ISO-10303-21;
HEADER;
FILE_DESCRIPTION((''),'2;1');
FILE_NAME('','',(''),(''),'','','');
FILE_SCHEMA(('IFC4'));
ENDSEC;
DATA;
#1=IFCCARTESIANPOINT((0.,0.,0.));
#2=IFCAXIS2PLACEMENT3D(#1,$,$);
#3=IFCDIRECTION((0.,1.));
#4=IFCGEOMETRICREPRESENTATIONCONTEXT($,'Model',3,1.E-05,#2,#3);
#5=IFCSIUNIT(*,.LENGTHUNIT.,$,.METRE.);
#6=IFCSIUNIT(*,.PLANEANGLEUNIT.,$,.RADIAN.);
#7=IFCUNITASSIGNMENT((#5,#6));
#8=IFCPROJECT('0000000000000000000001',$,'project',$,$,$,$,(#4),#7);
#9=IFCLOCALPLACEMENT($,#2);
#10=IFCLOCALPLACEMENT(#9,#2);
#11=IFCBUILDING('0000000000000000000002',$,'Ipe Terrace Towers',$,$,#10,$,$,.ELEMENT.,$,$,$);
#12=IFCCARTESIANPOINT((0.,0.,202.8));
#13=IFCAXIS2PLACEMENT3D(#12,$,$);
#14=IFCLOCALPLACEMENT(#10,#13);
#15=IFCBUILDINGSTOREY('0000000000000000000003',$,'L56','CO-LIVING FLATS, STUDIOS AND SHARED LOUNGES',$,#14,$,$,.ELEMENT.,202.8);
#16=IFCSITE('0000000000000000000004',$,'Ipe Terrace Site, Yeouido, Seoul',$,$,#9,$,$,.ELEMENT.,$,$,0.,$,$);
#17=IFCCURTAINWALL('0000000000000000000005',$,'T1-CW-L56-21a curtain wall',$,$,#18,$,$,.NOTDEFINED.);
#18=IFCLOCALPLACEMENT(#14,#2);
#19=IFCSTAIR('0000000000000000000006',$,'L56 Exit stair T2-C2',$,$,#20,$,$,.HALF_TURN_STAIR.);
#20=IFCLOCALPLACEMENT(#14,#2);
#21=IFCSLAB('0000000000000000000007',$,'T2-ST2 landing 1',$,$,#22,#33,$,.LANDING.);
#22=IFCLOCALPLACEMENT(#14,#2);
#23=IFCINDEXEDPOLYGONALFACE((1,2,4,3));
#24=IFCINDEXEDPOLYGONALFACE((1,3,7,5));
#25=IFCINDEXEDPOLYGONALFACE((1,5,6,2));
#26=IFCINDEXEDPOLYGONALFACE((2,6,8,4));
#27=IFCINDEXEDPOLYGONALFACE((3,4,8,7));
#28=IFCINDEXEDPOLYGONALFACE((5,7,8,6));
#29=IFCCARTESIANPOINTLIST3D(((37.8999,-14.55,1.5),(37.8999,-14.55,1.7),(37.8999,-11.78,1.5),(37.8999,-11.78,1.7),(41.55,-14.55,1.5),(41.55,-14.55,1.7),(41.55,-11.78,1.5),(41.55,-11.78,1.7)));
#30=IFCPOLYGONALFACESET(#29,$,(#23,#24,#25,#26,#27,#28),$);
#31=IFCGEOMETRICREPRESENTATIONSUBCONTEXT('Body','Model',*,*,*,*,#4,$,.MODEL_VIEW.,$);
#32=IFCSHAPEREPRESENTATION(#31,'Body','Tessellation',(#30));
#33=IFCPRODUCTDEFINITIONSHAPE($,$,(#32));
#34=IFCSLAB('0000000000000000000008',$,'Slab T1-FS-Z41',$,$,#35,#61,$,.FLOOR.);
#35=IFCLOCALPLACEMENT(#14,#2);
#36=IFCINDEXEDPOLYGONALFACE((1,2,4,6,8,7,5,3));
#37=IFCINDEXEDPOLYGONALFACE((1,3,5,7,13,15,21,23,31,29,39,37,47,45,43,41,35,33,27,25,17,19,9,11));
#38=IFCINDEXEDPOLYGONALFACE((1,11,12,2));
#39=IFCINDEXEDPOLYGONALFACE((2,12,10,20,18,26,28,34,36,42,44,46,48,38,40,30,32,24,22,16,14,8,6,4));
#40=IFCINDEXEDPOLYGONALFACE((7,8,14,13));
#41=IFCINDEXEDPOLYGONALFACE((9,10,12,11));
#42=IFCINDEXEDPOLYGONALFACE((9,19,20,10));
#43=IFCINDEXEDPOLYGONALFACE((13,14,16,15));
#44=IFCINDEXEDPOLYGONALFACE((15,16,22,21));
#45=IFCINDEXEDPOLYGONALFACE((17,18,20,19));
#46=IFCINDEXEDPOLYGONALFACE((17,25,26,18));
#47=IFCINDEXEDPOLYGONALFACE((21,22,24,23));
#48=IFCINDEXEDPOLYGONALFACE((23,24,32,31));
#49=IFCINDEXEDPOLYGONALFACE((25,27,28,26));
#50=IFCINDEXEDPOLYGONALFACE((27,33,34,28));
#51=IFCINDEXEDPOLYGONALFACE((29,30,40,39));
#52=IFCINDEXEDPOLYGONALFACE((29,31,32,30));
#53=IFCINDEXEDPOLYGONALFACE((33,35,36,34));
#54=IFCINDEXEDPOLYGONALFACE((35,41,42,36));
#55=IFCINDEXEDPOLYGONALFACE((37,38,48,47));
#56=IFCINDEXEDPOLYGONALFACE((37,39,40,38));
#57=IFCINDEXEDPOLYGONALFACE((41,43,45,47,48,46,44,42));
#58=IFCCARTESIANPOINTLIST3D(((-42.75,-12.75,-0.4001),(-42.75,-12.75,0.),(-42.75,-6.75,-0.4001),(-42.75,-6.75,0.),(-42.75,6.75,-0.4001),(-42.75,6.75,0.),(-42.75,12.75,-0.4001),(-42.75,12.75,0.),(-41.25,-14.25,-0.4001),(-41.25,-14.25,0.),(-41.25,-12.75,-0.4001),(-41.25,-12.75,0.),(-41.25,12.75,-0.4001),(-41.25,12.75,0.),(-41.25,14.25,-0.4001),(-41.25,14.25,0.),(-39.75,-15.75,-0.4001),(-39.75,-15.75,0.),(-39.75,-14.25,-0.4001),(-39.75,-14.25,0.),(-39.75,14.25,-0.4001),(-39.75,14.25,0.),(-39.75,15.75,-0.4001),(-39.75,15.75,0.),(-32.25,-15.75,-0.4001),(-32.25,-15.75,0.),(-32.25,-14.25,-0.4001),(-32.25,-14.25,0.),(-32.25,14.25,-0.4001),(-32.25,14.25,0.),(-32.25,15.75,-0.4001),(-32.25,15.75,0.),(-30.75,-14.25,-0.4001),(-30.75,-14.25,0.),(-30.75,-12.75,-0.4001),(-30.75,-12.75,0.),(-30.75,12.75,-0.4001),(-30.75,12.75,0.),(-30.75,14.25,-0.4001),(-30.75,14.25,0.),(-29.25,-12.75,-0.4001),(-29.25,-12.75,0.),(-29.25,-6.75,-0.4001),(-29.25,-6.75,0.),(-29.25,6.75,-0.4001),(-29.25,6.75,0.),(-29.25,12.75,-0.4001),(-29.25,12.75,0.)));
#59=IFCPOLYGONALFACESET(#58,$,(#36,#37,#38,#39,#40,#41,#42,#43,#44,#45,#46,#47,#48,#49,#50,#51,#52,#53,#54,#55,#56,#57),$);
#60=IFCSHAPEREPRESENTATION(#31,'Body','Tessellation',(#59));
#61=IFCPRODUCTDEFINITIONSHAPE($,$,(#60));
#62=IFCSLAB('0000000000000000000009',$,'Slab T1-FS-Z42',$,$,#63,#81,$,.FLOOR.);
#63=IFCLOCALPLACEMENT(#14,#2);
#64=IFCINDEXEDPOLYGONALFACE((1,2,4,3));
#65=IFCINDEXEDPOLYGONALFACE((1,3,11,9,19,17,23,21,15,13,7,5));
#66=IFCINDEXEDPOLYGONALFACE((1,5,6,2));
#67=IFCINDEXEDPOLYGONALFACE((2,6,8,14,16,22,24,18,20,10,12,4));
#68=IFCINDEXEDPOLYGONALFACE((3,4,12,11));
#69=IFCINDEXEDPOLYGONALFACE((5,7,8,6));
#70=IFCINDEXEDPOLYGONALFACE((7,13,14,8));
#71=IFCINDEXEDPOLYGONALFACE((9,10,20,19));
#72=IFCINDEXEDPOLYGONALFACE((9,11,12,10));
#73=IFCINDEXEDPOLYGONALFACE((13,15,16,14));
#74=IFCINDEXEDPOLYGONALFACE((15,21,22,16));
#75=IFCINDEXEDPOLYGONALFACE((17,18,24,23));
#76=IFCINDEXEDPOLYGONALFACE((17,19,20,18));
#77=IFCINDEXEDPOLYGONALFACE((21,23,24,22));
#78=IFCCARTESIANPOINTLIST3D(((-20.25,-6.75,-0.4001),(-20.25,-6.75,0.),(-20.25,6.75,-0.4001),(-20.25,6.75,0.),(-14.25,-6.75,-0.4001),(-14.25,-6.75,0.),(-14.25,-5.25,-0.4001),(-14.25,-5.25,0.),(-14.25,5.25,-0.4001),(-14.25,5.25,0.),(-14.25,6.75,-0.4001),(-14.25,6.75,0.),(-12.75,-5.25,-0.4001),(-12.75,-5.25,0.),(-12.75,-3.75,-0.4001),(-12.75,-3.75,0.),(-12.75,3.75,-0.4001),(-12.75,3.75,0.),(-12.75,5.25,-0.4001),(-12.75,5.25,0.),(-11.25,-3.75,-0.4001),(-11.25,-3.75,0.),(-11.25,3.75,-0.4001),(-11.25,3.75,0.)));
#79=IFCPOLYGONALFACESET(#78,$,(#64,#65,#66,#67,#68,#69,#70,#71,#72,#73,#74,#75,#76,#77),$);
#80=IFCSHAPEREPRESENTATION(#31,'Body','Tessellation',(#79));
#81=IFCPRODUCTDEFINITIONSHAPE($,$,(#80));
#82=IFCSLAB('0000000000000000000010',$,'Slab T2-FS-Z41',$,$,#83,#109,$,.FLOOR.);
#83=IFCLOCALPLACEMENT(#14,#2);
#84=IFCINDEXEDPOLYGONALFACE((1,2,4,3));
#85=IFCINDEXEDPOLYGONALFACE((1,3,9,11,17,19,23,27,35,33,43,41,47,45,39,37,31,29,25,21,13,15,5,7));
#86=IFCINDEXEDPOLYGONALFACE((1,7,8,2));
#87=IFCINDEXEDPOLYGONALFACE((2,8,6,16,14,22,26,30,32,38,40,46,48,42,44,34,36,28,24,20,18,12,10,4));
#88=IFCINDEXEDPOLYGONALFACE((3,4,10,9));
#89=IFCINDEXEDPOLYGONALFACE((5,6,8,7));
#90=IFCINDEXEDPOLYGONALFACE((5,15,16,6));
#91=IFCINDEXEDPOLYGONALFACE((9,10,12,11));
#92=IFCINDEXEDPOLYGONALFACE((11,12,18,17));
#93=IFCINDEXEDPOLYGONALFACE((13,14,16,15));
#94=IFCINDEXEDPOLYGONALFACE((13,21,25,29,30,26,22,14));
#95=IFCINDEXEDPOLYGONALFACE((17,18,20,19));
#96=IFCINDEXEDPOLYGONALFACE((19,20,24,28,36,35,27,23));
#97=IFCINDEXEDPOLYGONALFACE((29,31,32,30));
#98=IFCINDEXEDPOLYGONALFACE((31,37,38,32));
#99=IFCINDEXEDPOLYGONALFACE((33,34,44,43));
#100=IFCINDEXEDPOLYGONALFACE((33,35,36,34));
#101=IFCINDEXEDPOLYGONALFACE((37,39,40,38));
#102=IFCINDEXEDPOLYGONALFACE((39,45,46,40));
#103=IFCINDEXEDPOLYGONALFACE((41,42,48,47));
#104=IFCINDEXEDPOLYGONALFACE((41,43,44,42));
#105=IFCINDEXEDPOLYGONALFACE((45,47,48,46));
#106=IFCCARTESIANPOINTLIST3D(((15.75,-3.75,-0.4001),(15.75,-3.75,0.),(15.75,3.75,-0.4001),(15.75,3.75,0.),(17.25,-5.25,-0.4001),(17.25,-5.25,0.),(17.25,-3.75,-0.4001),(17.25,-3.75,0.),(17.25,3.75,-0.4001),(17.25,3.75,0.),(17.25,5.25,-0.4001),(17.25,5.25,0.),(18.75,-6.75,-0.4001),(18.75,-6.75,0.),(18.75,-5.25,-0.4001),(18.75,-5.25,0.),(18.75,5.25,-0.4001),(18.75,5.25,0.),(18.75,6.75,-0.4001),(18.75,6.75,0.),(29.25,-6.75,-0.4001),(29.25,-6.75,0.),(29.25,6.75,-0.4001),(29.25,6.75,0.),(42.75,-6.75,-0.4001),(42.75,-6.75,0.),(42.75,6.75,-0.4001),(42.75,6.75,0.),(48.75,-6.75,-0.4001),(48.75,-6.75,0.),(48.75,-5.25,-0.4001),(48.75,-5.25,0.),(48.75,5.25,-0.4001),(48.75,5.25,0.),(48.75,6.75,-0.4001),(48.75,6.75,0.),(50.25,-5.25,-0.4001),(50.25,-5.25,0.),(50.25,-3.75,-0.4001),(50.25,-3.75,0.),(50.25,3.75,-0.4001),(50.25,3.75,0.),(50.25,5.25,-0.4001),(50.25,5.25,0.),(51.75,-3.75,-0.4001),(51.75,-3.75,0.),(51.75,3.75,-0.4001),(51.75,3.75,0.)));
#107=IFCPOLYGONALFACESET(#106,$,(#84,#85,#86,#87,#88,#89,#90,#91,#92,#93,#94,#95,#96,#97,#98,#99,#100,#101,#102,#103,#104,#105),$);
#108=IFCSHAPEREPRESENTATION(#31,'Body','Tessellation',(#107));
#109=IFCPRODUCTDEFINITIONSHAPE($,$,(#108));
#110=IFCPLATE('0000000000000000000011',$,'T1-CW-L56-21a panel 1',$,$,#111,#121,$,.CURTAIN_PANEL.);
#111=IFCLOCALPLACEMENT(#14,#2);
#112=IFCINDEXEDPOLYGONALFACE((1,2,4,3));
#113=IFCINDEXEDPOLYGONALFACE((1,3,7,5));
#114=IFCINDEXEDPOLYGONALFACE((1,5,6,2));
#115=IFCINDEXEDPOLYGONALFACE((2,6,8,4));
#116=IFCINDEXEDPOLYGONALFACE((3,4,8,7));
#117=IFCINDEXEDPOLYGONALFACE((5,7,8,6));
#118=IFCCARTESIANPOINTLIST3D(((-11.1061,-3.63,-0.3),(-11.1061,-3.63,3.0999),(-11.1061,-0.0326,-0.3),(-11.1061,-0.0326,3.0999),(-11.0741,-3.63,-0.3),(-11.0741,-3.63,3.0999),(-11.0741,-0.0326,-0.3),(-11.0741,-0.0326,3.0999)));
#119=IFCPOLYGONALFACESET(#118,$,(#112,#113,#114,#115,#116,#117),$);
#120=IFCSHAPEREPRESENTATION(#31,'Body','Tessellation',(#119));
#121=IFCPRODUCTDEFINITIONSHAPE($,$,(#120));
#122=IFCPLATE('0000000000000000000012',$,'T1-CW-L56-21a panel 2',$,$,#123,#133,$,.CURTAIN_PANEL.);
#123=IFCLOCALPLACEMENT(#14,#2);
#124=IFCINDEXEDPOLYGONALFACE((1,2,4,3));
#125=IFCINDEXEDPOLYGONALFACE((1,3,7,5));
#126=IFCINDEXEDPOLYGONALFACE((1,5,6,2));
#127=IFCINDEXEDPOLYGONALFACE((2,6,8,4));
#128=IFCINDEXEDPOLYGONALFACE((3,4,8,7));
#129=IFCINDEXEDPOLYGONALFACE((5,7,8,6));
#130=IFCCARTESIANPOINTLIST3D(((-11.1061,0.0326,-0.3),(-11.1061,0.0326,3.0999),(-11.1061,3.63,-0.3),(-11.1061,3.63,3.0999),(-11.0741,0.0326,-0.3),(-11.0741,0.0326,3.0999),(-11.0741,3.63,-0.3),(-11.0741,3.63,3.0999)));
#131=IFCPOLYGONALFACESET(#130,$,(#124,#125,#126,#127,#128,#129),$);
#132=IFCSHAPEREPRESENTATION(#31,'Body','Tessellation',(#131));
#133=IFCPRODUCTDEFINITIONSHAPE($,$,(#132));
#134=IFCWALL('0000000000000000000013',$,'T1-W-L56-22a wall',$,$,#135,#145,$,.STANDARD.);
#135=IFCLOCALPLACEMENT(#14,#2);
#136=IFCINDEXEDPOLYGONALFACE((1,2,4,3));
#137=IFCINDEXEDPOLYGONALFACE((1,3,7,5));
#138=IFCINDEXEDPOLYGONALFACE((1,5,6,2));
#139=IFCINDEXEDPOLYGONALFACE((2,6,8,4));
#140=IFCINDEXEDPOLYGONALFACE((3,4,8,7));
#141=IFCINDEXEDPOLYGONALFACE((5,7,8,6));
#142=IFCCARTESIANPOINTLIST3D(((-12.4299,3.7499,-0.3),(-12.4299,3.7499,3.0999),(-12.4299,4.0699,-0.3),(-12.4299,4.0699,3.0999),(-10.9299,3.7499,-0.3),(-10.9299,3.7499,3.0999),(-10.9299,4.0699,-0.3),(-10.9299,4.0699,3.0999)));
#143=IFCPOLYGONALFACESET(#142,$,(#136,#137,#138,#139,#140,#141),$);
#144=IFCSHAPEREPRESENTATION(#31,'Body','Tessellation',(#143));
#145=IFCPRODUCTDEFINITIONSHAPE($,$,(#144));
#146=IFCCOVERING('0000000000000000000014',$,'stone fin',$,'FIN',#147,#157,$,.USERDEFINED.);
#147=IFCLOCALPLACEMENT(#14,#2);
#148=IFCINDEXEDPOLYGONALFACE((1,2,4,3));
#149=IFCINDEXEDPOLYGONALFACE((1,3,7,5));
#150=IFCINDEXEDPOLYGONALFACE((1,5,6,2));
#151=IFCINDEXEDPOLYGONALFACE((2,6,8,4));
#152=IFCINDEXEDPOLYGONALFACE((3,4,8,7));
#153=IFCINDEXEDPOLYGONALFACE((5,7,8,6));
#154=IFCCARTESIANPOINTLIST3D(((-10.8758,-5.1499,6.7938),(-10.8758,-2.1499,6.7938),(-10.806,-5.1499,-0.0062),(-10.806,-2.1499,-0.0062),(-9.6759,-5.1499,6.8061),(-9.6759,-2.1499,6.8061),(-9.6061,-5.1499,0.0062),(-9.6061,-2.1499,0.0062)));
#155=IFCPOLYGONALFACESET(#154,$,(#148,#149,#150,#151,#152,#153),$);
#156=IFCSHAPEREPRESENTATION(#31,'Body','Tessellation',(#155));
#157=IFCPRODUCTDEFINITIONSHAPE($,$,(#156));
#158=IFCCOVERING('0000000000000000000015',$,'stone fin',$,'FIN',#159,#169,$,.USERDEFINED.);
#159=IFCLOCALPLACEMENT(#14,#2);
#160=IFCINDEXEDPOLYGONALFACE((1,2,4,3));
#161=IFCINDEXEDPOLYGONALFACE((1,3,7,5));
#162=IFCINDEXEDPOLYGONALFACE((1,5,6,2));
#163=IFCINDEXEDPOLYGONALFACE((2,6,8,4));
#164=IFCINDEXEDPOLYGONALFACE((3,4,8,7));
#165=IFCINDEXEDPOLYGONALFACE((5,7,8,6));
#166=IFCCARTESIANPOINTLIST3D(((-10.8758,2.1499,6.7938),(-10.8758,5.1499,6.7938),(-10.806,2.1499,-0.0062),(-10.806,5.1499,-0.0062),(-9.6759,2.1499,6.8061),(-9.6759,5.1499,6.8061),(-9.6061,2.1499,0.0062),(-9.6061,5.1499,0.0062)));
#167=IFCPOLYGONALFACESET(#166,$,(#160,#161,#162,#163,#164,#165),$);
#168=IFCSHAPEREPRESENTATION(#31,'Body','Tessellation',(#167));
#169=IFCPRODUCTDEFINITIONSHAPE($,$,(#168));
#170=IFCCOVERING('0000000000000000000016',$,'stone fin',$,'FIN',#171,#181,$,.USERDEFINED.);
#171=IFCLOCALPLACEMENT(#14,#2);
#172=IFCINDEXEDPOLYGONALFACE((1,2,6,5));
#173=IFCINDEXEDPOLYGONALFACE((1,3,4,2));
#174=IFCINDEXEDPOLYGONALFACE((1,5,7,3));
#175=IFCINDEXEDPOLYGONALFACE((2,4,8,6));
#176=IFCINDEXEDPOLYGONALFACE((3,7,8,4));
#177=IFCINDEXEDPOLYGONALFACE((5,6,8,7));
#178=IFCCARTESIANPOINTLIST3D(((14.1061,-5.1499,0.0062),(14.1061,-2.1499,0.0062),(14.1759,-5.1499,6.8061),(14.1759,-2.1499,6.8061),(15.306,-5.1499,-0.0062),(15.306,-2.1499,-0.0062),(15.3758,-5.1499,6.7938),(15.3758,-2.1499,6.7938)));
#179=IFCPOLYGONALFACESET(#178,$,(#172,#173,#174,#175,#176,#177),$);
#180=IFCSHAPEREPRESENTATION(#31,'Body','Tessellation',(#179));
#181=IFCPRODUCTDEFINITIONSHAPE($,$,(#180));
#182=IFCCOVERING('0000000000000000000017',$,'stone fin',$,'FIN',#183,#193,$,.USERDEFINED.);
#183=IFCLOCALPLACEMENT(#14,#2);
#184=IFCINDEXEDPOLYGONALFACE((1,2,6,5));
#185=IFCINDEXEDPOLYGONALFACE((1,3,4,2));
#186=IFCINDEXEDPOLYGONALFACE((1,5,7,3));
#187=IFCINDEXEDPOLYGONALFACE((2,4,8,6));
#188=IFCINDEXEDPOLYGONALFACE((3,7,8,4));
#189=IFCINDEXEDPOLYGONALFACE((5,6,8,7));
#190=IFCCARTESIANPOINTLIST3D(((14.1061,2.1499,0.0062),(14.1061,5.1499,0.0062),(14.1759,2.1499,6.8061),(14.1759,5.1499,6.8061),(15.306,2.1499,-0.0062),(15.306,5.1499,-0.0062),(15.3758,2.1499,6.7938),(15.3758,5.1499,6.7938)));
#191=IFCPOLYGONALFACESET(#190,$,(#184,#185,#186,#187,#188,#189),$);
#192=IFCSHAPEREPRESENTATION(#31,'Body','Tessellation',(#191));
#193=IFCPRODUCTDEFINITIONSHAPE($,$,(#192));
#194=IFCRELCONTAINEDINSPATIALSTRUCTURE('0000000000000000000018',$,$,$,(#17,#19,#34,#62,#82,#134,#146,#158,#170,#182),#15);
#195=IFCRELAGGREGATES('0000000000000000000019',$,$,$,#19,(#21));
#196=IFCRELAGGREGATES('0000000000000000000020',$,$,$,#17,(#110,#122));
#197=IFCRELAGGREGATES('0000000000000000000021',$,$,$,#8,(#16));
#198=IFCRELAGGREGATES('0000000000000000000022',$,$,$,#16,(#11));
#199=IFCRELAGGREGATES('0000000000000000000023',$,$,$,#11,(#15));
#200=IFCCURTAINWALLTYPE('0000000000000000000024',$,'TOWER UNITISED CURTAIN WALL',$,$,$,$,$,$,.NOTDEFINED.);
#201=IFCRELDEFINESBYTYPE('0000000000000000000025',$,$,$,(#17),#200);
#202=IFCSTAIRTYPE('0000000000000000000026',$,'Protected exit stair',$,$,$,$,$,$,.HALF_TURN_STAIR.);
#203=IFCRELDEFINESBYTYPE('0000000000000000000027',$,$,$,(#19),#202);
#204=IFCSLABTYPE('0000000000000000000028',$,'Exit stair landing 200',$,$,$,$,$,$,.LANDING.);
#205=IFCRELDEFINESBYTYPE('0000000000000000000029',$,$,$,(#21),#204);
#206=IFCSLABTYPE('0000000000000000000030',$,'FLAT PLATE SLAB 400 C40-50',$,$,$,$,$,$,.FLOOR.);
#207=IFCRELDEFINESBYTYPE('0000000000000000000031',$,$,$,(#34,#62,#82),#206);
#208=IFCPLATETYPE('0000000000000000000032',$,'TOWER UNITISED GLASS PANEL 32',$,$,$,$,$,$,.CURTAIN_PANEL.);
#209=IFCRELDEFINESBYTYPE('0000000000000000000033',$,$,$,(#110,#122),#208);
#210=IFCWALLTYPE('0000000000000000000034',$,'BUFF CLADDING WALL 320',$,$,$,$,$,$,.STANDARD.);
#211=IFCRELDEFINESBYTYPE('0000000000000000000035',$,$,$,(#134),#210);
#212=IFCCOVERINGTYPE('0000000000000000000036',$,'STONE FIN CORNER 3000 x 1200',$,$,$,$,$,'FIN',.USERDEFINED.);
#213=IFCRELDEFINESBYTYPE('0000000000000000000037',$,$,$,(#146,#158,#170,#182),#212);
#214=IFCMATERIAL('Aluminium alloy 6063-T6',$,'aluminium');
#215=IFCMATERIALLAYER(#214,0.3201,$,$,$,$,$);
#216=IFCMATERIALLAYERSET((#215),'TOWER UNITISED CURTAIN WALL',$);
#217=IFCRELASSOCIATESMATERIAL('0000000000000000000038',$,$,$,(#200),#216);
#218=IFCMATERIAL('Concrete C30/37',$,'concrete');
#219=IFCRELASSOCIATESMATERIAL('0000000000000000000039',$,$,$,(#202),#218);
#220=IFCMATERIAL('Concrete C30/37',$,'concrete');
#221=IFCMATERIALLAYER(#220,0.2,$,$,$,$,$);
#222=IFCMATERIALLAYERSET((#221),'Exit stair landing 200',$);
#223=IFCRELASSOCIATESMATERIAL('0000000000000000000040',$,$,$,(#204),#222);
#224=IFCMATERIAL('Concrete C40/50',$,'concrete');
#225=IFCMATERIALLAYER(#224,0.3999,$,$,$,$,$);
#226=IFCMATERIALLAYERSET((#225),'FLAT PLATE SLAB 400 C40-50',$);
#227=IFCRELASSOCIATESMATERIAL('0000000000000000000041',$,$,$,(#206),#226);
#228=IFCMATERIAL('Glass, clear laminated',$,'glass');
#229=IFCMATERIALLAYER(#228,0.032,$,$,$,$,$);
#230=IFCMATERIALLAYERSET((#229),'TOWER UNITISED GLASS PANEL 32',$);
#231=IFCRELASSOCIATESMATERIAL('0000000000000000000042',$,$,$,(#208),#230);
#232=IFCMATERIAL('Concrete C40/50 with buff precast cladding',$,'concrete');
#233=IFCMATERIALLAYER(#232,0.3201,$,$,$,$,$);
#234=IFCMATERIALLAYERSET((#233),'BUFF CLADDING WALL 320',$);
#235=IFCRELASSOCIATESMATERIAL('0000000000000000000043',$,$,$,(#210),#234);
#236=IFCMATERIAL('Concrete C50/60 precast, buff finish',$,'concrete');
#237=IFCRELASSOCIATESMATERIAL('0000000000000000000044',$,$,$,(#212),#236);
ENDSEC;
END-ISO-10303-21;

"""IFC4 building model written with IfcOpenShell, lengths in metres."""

from ifc_helpers import new_model, si_unit, direction, frame, frame_2d, origin, origin_2d, place, context, subcontext, project, spatial, polyline, rectangle, outline, extrude, material, layer, layer_set, material_profile, profile_set, type_object, element, aggregate, save


model = new_model("IFC4")

# Units and contexts
model_context = context("Model", 3, precision=1e-05, world=origin(), true_north=direction((0.0, 1.0)))
body_context = subcontext(model_context, "Body", "Model", "MODEL_VIEW")
ifc_project = project(units=[si_unit("LENGTHUNIT", "METRE"), si_unit("PLANEANGLEUNIT", "RADIAN")], contexts=[model_context])

# Site, building, storey
site_placement = place(None, origin())
site = spatial("IfcSite", under=ifc_project, at=site_placement, Name="Ipe Terrace Site, Yeouido, Seoul", CompositionType="ELEMENT", RefElevation=0.0)
building_placement = place(site_placement, origin())
building = spatial("IfcBuilding", under=site, at=building_placement, Name="Ipe Terrace Towers", CompositionType="ELEMENT")
storey_placement = place(building_placement, frame((0.0, 0.0, 202.8)))
storey = spatial("IfcBuildingStorey", under=building, at=storey_placement, Name="L56", Description="CO-LIVING FLATS, STUDIOS AND SHARED LOUNGES", CompositionType="ELEMENT", Elevation=202.8)

# Curtain wall
ifc_material_1 = material(Name="Aluminium alloy 6063-T6", Category="aluminium")
ifc_layer_1 = layer(ifc_material_1, 0.3201)
ifc_layer_set_1 = layer_set([ifc_layer_1], Name="TOWER UNITISED CURTAIN WALL")
curtain_wall_type = type_object("IfcCurtainWallType", Name="TOWER UNITISED CURTAIN WALL", PredefinedType="NOTDEFINED", material=ifc_layer_set_1)
curtain_wall_placement = place(storey_placement, origin())
curtain_wall = element("IfcCurtainWall", 1, at=curtain_wall_placement, inside=storey, type_object=curtain_wall_type, Name="T1-CW-L56-21a curtain wall", PredefinedType="NOTDEFINED")

# Stair, slab
ifc_material_2 = material(Name="Concrete C30/37", Category="concrete")
stair_type = type_object("IfcStairType", Name="Protected exit stair", PredefinedType="HALF_TURN_STAIR", material=ifc_material_2)
ifc_material_3 = material(Name="Concrete C30/37", Category="concrete")
ifc_layer_2 = layer(ifc_material_3, 0.2)
ifc_layer_set_2 = layer_set([ifc_layer_2], Name="Exit stair landing 200")
slab_type_1 = type_object("IfcSlabType", Name="Exit stair landing 200", PredefinedType="LANDING", material=ifc_layer_set_2)
stair_1_placement = place(storey_placement, origin())
stair_1 = element("IfcStair", 2, at=stair_1_placement, inside=storey, type_object=stair_type, Name="L56 Exit stair T2-C2", PredefinedType="HALF_TURN_STAIR")
slab_1_placement = place(storey_placement, frame((0.0, 0.0, 1.5)))
slab_1 = element("IfcSlab", 3, at=slab_1_placement, type_object=slab_type_1, Name="T2-ST2 landing 1", PredefinedType="LANDING", context=body_context, shape_type="SweptSolid", body=[
    extrude(outline(polyline([(37.8999, -11.78), (37.8999, -14.55), (41.55, -14.55), (41.55, -11.78), (37.8999, -11.78)])), origin(), (0.0, 0.0, 1.0), 0.2),
])
aggregate(stair_1, [slab_1])

# Slabs
ifc_material_4 = material(Name="Concrete C40/50", Category="concrete")
ifc_layer_3 = layer(ifc_material_4, 0.3999)
ifc_layer_set_3 = layer_set([ifc_layer_3], Name="FLAT PLATE SLAB 400 C40-50")
slab_type_2 = type_object("IfcSlabType", Name="FLAT PLATE SLAB 400 C40-50", PredefinedType="FLOOR", material=ifc_layer_set_3)
slab_2_placement = place(storey_placement, frame((0.0, 0.0, -0.4001)))
element("IfcSlab", 4, at=slab_2_placement, inside=storey, type_object=slab_type_2, Name="Slab T1-FS-Z41", PredefinedType="FLOOR", context=body_context, shape_type="SweptSolid", body=[
    extrude(outline(polyline([(-30.75, -12.75), (-30.75, -14.25), (-32.25, -14.25), (-32.25, -15.75), (-39.75, -15.75), (-39.75, -14.25), (-41.25, -14.25), (-41.25, -12.75), (-42.75, -12.75), (-42.75, -6.75), (-42.75, 6.75), (-42.75, 12.75), (-41.25, 12.75), (-41.25, 14.25), (-39.75, 14.25), (-39.75, 15.75), (-32.25, 15.75), (-32.25, 14.25), (-30.75, 14.25), (-30.75, 12.75), (-29.25, 12.75), (-29.25, 6.75), (-29.25, -6.75), (-29.25, -12.75), (-30.75, -12.75)])), origin(), (0.0, 0.0, 1.0), 0.4001),
])
slab_3_placement = place(storey_placement, frame((0.0, 0.0, -0.4001)))
element("IfcSlab", 5, at=slab_3_placement, inside=storey, type_object=slab_type_2, Name="Slab T1-FS-Z42", PredefinedType="FLOOR", context=body_context, shape_type="SweptSolid", body=[
    extrude(outline(polyline([(-14.25, 5.25), (-12.75, 5.25), (-12.75, 3.75), (-11.25, 3.75), (-11.25, -3.75), (-12.75, -3.75), (-12.75, -5.25), (-14.25, -5.25), (-14.25, -6.75), (-20.25, -6.75), (-20.25, 6.75), (-14.25, 6.75), (-14.25, 5.25)])), origin(), (0.0, 0.0, 1.0), 0.4001),
])
slab_4_placement = place(storey_placement, frame((0.0, 0.0, -0.4001)))
element("IfcSlab", 6, at=slab_4_placement, inside=storey, type_object=slab_type_2, Name="Slab T2-FS-Z41", PredefinedType="FLOOR", context=body_context, shape_type="SweptSolid", body=[
    extrude(outline(polyline([(48.75, 5.25), (50.25, 5.25), (50.25, 3.75), (51.75, 3.75), (51.75, -3.75), (50.25, -3.75), (50.25, -5.25), (48.75, -5.25), (48.75, -6.75), (42.75, -6.75), (29.25, -6.75), (18.75, -6.75), (18.75, -5.25), (17.25, -5.25), (17.25, -3.75), (15.75, -3.75), (15.75, 3.75), (17.25, 3.75), (17.25, 5.25), (18.75, 5.25), (18.75, 6.75), (29.25, 6.75), (42.75, 6.75), (48.75, 6.75), (48.75, 5.25)])), origin(), (0.0, 0.0, 1.0), 0.4001),
])

# Plates
ifc_material_5 = material(Name="Glass, clear laminated", Category="glass")
ifc_layer_4 = layer(ifc_material_5, 0.032)
ifc_layer_set_4 = layer_set([ifc_layer_4], Name="TOWER UNITISED GLASS PANEL 32")
plate_type = type_object("IfcPlateType", Name="TOWER UNITISED GLASS PANEL 32", PredefinedType="CURTAIN_PANEL", material=ifc_layer_set_4)
plate_1_placement = place(storey_placement, frame((-11.0901, -1.8313, -0.3), z_axis=(0.0, 0.0, 1.0), x_axis=(0.0, 1.0, 0.0)))
plate_1 = element("IfcPlate", 7, at=plate_1_placement, type_object=plate_type, Name="T1-CW-L56-21a panel 1", PredefinedType="CURTAIN_PANEL", context=body_context, shape_type="SweptSolid", body=[
    extrude(rectangle(XDim=3.5974, YDim=0.032, at=origin_2d()), origin(), (0.0, 0.0, 1.0), 3.3999),
])
plate_2_placement = place(storey_placement, frame((-11.0901, 1.8313, -0.3), z_axis=(0.0, 0.0, 1.0), x_axis=(0.0, 1.0, 0.0)))
plate_2 = element("IfcPlate", 8, at=plate_2_placement, type_object=plate_type, Name="T1-CW-L56-21a panel 2", PredefinedType="CURTAIN_PANEL", context=body_context, shape_type="SweptSolid", body=[
    extrude(rectangle(XDim=3.5974, YDim=0.032, at=origin_2d()), origin(), (0.0, 0.0, 1.0), 3.3999),
])
aggregate(curtain_wall, [plate_1, plate_2])

# Wall
ifc_material_6 = material(Name="Concrete C40/50 with buff precast cladding", Category="concrete")
ifc_layer_5 = layer(ifc_material_6, 0.3201)
ifc_layer_set_5 = layer_set([ifc_layer_5], Name="BUFF CLADDING WALL 320")
wall_type = type_object("IfcWallType", Name="BUFF CLADDING WALL 320", PredefinedType="STANDARD", material=ifc_layer_set_5)
wall_placement = place(storey_placement, frame((-10.9299, 3.9099, -0.3), z_axis=(0.0, 0.0, 1.0), x_axis=(-1.0, 0.0, 0.0)))
element("IfcWall", 9, at=wall_placement, inside=storey, type_object=wall_type, Name="T1-W-L56-22a wall", PredefinedType="STANDARD", context=body_context, shape_type="SweptSolid", body=[
    extrude(rectangle(XDim=1.5, YDim=0.3201, at=frame_2d((0.75, 0.0))), origin(), (0.0, 0.0, 1.0), 3.3999),
])

# Coverings
ifc_material_7 = material(Name="Concrete C50/60 precast, buff finish", Category="concrete")
ifc_material_profile_1 = material_profile(ifc_material_7, rectangle(XDim=3.0, YDim=1.2, at=origin_2d()), Name="STONE FIN CORNER 3000 x 1200")
ifc_profile_set_1 = profile_set([ifc_material_profile_1], Name="Concrete C50/60 precast, buff finish")
covering_type_1 = type_object("IfcCoveringType", Name="STONE FIN CORNER 3000 x 1200", ElementType="FIN", PredefinedType="USERDEFINED", material=ifc_profile_set_1)
for number, where, z_axis, x_axis, name in (
    (10, (-10.2061, -3.6499, 0.0), (-0.010268, 0.0, 0.999947), (0.0, 1.0, 0.0), "stone fin"),
    (11, (-10.2061, 3.6499, 0.0), (-0.010268, 0.0, 0.999947), (0.0, 1.0, 0.0), "stone fin"),
    (12, (14.7061, -3.6499, 0.0), (0.010268, 0.0, 0.999947), (0.0, -1.0, 0.0), "stone fin"),
    (13, (14.7061, 3.6499, 0.0), (0.010268, 0.0, 0.999947), (0.0, -1.0, 0.0), "stone fin"),
):
    element("IfcCovering", number, at=place(storey_placement, frame(where, z_axis=z_axis, x_axis=x_axis)), inside=storey, type_object=covering_type_1, Name=name, ObjectType="FIN", PredefinedType="USERDEFINED", context=body_context, shape_type="SweptSolid", body=[
        extrude(rectangle(XDim=3.0, YDim=1.2, at=origin_2d()), origin(), (0.0, 0.0, 1.0), 6.8003),
    ])

save(model, "model.ifc")
